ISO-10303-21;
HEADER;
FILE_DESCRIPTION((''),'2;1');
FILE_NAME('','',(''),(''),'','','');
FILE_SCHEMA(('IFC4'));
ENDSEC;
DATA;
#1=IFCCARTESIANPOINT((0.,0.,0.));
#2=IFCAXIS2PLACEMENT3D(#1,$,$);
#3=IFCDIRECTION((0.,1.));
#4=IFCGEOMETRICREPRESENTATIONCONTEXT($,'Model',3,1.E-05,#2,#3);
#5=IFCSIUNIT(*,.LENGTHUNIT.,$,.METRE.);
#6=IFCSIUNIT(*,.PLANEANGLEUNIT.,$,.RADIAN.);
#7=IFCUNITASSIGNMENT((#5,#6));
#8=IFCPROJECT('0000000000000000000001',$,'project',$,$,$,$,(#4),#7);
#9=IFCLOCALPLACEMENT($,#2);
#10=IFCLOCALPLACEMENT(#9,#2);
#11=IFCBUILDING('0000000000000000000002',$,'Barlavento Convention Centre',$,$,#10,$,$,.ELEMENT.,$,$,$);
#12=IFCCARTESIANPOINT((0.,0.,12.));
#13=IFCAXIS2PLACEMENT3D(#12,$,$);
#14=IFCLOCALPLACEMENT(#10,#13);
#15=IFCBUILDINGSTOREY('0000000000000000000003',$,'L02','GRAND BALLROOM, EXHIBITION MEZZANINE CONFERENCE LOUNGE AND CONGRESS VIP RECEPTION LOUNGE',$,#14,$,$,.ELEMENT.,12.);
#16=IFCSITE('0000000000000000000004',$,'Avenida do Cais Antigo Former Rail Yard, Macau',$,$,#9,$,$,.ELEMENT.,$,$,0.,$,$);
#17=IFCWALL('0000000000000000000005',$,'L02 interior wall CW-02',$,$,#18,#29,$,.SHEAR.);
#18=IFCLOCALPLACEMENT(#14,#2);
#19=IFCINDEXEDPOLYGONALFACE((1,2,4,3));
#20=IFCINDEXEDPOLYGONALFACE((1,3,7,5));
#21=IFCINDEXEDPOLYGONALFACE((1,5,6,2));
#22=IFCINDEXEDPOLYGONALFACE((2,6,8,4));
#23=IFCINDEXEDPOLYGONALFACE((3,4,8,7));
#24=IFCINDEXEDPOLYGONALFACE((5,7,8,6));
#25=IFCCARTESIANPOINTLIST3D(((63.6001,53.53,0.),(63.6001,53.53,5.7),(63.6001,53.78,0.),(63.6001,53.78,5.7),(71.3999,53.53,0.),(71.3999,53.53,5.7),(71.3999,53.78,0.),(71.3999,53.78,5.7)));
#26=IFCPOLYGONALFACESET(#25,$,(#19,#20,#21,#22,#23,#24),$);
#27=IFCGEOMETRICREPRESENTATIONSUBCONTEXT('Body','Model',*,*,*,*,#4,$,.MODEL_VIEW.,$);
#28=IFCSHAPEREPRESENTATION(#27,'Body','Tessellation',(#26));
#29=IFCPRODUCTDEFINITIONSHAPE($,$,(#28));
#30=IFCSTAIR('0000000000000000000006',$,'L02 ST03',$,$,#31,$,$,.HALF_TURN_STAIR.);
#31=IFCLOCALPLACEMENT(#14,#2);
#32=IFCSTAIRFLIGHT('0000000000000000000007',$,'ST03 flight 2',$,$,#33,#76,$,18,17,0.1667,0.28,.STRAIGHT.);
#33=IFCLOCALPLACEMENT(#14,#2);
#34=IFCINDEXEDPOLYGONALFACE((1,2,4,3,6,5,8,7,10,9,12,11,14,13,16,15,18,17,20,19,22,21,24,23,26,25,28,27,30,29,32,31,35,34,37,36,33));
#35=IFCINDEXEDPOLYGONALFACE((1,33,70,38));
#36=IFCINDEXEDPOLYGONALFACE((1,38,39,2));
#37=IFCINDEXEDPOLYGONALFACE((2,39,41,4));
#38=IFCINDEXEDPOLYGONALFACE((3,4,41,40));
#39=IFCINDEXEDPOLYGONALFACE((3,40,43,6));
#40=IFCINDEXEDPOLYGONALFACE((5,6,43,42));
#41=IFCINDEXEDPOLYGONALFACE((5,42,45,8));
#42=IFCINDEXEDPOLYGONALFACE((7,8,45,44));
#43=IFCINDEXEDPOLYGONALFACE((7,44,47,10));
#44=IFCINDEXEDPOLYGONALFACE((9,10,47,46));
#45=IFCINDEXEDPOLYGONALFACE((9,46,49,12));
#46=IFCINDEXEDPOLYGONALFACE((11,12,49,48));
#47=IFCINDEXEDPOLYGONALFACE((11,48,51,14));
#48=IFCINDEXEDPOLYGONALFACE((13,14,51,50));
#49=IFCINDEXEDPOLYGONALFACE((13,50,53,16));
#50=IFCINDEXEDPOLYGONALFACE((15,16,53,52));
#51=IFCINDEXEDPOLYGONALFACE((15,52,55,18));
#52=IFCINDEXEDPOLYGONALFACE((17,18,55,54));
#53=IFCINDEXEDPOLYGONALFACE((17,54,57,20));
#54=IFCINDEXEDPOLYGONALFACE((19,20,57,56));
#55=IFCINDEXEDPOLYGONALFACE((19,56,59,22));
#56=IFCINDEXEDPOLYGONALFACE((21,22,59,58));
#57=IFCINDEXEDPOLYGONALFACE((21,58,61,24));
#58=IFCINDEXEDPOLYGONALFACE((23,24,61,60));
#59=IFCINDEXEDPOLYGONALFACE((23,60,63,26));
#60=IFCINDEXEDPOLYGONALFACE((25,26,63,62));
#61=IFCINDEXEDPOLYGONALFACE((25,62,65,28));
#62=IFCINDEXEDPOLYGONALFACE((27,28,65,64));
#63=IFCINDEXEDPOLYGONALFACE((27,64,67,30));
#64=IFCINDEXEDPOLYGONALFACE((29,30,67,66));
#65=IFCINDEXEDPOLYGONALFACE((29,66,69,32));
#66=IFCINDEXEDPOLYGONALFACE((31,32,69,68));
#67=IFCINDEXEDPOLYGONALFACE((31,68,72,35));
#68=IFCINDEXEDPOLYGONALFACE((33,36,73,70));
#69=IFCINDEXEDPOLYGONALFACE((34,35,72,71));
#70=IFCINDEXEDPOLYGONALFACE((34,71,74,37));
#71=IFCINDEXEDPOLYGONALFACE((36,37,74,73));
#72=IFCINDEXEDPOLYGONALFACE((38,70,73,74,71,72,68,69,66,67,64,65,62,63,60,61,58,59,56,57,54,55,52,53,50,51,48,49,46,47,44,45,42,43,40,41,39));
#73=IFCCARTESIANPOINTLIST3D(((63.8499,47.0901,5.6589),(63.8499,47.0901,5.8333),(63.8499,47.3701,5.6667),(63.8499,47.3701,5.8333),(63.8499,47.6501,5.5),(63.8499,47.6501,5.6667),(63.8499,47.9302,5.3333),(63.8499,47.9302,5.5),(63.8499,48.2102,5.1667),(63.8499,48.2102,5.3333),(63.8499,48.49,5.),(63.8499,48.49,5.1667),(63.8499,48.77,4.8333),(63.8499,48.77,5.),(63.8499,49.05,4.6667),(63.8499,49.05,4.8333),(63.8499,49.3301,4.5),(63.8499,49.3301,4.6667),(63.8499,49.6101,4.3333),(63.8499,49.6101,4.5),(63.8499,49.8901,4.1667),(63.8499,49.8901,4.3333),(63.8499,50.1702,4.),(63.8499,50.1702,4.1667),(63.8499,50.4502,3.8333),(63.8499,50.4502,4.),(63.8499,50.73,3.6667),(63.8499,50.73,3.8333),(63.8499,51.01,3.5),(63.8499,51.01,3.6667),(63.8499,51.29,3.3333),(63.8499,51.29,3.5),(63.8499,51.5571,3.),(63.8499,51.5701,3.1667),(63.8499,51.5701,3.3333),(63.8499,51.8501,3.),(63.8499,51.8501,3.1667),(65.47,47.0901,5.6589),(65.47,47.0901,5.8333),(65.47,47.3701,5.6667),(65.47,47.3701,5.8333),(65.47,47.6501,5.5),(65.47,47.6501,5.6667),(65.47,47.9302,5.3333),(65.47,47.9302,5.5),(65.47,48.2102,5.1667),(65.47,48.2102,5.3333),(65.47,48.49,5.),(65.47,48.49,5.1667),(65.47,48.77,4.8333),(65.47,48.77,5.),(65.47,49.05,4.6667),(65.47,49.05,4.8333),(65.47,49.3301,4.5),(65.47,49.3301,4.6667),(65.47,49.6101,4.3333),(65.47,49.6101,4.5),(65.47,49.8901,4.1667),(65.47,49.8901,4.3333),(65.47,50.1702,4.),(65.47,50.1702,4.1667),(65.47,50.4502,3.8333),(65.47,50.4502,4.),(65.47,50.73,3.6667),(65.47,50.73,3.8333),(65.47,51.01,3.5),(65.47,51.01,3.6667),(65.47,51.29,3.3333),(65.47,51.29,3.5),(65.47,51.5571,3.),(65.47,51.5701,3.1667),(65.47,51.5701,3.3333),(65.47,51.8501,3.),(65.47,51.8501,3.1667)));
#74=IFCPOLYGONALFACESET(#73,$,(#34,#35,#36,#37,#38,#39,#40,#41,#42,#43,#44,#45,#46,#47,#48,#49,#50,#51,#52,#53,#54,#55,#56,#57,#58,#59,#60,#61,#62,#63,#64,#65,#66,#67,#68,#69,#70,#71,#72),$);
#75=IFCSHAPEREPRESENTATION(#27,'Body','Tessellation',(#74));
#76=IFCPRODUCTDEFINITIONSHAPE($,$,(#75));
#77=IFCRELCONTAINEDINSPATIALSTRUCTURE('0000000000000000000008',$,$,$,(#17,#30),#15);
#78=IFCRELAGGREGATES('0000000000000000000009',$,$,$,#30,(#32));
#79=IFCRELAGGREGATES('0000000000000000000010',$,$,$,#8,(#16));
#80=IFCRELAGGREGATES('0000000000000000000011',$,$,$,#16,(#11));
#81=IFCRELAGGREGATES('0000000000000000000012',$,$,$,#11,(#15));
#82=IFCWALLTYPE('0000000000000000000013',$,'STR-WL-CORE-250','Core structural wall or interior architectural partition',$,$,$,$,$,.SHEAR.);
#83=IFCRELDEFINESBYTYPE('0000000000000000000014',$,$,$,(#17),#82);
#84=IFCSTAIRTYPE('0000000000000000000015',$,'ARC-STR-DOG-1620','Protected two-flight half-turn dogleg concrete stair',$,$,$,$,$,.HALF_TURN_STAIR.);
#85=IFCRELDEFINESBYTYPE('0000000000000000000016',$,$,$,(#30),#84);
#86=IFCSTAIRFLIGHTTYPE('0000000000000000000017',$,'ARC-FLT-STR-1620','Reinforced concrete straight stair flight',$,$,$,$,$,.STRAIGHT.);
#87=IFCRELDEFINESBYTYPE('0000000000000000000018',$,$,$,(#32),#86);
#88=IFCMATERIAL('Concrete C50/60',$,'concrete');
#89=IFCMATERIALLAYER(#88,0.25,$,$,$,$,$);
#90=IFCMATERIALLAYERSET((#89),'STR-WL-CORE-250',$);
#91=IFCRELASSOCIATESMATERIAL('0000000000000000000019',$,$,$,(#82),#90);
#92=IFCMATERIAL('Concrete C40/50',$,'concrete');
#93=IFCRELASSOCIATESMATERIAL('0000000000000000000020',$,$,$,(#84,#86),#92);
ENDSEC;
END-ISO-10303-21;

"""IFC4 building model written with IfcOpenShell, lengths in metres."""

from ifc_helpers import new_model, si_unit, direction, frame, frame_2d, origin, place, context, subcontext, project, spatial, polyline, rectangle, outline, extrude, material, layer, layer_set, type_object, element, aggregate, save


model = new_model("IFC4")

# Units and contexts
model_context = context("Model", 3, precision=1e-05, world=origin(), true_north=direction((0.0, 1.0)))
body_context = subcontext(model_context, "Body", "Model", "MODEL_VIEW")
ifc_project = project(units=[si_unit("LENGTHUNIT", "METRE"), si_unit("PLANEANGLEUNIT", "RADIAN")], contexts=[model_context])

# Site, building, storey
site_placement = place(None, origin())
site = spatial("IfcSite", under=ifc_project, at=site_placement, Name="Avenida do Cais Antigo Former Rail Yard, Macau", CompositionType="ELEMENT", RefElevation=0.0)
building_placement = place(site_placement, origin())
building = spatial("IfcBuilding", under=site, at=building_placement, Name="Barlavento Convention Centre", CompositionType="ELEMENT")
storey_placement = place(building_placement, frame((0.0, 0.0, 12.0)))
storey = spatial("IfcBuildingStorey", under=building, at=storey_placement, Name="L02", Description="GRAND BALLROOM, EXHIBITION MEZZANINE CONFERENCE LOUNGE AND CONGRESS VIP RECEPTION LOUNGE", CompositionType="ELEMENT", Elevation=12.0)

# Wall
ifc_material_1 = material(Name="Concrete C50/60", Category="concrete")
ifc_layer_1 = layer(ifc_material_1, 0.25)
ifc_layer_set_1 = layer_set([ifc_layer_1], Name="STR-WL-CORE-250")
wall_type = type_object("IfcWallType", Name="STR-WL-CORE-250", Description="Core structural wall or interior architectural partition", PredefinedType="SHEAR", material=ifc_layer_set_1)
wall_1_placement = place(storey_placement, frame((63.6001, 53.655, 0.0), z_axis=(0.0, 0.0, 1.0), x_axis=(1.0, 0.0, 0.0)))
element("IfcWall", 1, at=wall_1_placement, inside=storey, type_object=wall_type, Name="L02 interior wall CW-02", PredefinedType="SHEAR", context=body_context, shape_type="SweptSolid", body=[
    extrude(rectangle(XDim=7.7998, YDim=0.25, at=frame_2d((3.8999, 0.0))), origin(), (0.0, 0.0, 1.0), 5.7),
])

# Stair, stair flight
ifc_material_2 = material(Name="Concrete C40/50", Category="concrete")
stair_type = type_object("IfcStairType", Name="ARC-STR-DOG-1620", Description="Protected two-flight half-turn dogleg concrete stair", PredefinedType="HALF_TURN_STAIR", material=ifc_material_2)
stair_placement = place(storey_placement, origin())
stair = element("IfcStair", 2, at=stair_placement, inside=storey, type_object=stair_type, Name="L02 ST03", PredefinedType="HALF_TURN_STAIR")
stair_flight_type = type_object("IfcStairFlightType", Name="ARC-FLT-STR-1620", Description="Reinforced concrete straight stair flight", PredefinedType="STRAIGHT", material=ifc_material_2)
stair_flight_placement = place(storey_placement, frame((64.6599, 51.8501, 3.0), z_axis=(0.0, 0.0, 1.0), x_axis=(0.0, -1.0, 0.0)))
stair_flight = element("IfcStairFlight", 3, at=stair_flight_placement, type_object=stair_flight_type, Name="ST03 flight 2", NumberOfRisers=18, NumberOfTreads=17, PredefinedType="STRAIGHT", RiserHeight=0.1667, TreadLength=0.28, context=body_context, shape_type="SweptSolid", body=[
    extrude(outline(polyline([(0.0, 0.0), (0.0, 0.1667), (0.28, 0.1667), (0.28, 0.3333), (0.5601, 0.3333), (0.5601, 0.5), (0.8401, 0.5), (0.8401, 0.6667), (1.1201, 0.6667), (1.1201, 0.8333), (1.3999, 0.8333), (1.3999, 1.0), (1.6799, 1.0), (1.6799, 1.1667), (1.96, 1.1667), (1.96, 1.3333), (2.24, 1.3333), (2.24, 1.5), (2.52, 1.5), (2.52, 1.6667), (2.8, 1.6667), (2.8, 1.8333), (3.0801, 1.8333), (3.0801, 2.0), (3.3601, 2.0), (3.3601, 2.1667), (3.6399, 2.1667), (3.6399, 2.3333), (3.9199, 2.3333), (3.9199, 2.5), (4.2, 2.5), (4.2, 2.6667), (4.48, 2.6667), (4.48, 2.8333), (4.76, 2.8333), (4.76, 3.0), (4.76, 2.6589), (0.293, 0.0), (0.0, 0.0)])), frame((0.0, 0.8101, 0.0), z_axis=(0.0, -1.0, 0.0), x_axis=(1.0, 0.0, 0.0)), (0.0, 0.0, 1.0), 1.6201),
])
aggregate(stair, [stair_flight])

save(model, "model.ifc")
